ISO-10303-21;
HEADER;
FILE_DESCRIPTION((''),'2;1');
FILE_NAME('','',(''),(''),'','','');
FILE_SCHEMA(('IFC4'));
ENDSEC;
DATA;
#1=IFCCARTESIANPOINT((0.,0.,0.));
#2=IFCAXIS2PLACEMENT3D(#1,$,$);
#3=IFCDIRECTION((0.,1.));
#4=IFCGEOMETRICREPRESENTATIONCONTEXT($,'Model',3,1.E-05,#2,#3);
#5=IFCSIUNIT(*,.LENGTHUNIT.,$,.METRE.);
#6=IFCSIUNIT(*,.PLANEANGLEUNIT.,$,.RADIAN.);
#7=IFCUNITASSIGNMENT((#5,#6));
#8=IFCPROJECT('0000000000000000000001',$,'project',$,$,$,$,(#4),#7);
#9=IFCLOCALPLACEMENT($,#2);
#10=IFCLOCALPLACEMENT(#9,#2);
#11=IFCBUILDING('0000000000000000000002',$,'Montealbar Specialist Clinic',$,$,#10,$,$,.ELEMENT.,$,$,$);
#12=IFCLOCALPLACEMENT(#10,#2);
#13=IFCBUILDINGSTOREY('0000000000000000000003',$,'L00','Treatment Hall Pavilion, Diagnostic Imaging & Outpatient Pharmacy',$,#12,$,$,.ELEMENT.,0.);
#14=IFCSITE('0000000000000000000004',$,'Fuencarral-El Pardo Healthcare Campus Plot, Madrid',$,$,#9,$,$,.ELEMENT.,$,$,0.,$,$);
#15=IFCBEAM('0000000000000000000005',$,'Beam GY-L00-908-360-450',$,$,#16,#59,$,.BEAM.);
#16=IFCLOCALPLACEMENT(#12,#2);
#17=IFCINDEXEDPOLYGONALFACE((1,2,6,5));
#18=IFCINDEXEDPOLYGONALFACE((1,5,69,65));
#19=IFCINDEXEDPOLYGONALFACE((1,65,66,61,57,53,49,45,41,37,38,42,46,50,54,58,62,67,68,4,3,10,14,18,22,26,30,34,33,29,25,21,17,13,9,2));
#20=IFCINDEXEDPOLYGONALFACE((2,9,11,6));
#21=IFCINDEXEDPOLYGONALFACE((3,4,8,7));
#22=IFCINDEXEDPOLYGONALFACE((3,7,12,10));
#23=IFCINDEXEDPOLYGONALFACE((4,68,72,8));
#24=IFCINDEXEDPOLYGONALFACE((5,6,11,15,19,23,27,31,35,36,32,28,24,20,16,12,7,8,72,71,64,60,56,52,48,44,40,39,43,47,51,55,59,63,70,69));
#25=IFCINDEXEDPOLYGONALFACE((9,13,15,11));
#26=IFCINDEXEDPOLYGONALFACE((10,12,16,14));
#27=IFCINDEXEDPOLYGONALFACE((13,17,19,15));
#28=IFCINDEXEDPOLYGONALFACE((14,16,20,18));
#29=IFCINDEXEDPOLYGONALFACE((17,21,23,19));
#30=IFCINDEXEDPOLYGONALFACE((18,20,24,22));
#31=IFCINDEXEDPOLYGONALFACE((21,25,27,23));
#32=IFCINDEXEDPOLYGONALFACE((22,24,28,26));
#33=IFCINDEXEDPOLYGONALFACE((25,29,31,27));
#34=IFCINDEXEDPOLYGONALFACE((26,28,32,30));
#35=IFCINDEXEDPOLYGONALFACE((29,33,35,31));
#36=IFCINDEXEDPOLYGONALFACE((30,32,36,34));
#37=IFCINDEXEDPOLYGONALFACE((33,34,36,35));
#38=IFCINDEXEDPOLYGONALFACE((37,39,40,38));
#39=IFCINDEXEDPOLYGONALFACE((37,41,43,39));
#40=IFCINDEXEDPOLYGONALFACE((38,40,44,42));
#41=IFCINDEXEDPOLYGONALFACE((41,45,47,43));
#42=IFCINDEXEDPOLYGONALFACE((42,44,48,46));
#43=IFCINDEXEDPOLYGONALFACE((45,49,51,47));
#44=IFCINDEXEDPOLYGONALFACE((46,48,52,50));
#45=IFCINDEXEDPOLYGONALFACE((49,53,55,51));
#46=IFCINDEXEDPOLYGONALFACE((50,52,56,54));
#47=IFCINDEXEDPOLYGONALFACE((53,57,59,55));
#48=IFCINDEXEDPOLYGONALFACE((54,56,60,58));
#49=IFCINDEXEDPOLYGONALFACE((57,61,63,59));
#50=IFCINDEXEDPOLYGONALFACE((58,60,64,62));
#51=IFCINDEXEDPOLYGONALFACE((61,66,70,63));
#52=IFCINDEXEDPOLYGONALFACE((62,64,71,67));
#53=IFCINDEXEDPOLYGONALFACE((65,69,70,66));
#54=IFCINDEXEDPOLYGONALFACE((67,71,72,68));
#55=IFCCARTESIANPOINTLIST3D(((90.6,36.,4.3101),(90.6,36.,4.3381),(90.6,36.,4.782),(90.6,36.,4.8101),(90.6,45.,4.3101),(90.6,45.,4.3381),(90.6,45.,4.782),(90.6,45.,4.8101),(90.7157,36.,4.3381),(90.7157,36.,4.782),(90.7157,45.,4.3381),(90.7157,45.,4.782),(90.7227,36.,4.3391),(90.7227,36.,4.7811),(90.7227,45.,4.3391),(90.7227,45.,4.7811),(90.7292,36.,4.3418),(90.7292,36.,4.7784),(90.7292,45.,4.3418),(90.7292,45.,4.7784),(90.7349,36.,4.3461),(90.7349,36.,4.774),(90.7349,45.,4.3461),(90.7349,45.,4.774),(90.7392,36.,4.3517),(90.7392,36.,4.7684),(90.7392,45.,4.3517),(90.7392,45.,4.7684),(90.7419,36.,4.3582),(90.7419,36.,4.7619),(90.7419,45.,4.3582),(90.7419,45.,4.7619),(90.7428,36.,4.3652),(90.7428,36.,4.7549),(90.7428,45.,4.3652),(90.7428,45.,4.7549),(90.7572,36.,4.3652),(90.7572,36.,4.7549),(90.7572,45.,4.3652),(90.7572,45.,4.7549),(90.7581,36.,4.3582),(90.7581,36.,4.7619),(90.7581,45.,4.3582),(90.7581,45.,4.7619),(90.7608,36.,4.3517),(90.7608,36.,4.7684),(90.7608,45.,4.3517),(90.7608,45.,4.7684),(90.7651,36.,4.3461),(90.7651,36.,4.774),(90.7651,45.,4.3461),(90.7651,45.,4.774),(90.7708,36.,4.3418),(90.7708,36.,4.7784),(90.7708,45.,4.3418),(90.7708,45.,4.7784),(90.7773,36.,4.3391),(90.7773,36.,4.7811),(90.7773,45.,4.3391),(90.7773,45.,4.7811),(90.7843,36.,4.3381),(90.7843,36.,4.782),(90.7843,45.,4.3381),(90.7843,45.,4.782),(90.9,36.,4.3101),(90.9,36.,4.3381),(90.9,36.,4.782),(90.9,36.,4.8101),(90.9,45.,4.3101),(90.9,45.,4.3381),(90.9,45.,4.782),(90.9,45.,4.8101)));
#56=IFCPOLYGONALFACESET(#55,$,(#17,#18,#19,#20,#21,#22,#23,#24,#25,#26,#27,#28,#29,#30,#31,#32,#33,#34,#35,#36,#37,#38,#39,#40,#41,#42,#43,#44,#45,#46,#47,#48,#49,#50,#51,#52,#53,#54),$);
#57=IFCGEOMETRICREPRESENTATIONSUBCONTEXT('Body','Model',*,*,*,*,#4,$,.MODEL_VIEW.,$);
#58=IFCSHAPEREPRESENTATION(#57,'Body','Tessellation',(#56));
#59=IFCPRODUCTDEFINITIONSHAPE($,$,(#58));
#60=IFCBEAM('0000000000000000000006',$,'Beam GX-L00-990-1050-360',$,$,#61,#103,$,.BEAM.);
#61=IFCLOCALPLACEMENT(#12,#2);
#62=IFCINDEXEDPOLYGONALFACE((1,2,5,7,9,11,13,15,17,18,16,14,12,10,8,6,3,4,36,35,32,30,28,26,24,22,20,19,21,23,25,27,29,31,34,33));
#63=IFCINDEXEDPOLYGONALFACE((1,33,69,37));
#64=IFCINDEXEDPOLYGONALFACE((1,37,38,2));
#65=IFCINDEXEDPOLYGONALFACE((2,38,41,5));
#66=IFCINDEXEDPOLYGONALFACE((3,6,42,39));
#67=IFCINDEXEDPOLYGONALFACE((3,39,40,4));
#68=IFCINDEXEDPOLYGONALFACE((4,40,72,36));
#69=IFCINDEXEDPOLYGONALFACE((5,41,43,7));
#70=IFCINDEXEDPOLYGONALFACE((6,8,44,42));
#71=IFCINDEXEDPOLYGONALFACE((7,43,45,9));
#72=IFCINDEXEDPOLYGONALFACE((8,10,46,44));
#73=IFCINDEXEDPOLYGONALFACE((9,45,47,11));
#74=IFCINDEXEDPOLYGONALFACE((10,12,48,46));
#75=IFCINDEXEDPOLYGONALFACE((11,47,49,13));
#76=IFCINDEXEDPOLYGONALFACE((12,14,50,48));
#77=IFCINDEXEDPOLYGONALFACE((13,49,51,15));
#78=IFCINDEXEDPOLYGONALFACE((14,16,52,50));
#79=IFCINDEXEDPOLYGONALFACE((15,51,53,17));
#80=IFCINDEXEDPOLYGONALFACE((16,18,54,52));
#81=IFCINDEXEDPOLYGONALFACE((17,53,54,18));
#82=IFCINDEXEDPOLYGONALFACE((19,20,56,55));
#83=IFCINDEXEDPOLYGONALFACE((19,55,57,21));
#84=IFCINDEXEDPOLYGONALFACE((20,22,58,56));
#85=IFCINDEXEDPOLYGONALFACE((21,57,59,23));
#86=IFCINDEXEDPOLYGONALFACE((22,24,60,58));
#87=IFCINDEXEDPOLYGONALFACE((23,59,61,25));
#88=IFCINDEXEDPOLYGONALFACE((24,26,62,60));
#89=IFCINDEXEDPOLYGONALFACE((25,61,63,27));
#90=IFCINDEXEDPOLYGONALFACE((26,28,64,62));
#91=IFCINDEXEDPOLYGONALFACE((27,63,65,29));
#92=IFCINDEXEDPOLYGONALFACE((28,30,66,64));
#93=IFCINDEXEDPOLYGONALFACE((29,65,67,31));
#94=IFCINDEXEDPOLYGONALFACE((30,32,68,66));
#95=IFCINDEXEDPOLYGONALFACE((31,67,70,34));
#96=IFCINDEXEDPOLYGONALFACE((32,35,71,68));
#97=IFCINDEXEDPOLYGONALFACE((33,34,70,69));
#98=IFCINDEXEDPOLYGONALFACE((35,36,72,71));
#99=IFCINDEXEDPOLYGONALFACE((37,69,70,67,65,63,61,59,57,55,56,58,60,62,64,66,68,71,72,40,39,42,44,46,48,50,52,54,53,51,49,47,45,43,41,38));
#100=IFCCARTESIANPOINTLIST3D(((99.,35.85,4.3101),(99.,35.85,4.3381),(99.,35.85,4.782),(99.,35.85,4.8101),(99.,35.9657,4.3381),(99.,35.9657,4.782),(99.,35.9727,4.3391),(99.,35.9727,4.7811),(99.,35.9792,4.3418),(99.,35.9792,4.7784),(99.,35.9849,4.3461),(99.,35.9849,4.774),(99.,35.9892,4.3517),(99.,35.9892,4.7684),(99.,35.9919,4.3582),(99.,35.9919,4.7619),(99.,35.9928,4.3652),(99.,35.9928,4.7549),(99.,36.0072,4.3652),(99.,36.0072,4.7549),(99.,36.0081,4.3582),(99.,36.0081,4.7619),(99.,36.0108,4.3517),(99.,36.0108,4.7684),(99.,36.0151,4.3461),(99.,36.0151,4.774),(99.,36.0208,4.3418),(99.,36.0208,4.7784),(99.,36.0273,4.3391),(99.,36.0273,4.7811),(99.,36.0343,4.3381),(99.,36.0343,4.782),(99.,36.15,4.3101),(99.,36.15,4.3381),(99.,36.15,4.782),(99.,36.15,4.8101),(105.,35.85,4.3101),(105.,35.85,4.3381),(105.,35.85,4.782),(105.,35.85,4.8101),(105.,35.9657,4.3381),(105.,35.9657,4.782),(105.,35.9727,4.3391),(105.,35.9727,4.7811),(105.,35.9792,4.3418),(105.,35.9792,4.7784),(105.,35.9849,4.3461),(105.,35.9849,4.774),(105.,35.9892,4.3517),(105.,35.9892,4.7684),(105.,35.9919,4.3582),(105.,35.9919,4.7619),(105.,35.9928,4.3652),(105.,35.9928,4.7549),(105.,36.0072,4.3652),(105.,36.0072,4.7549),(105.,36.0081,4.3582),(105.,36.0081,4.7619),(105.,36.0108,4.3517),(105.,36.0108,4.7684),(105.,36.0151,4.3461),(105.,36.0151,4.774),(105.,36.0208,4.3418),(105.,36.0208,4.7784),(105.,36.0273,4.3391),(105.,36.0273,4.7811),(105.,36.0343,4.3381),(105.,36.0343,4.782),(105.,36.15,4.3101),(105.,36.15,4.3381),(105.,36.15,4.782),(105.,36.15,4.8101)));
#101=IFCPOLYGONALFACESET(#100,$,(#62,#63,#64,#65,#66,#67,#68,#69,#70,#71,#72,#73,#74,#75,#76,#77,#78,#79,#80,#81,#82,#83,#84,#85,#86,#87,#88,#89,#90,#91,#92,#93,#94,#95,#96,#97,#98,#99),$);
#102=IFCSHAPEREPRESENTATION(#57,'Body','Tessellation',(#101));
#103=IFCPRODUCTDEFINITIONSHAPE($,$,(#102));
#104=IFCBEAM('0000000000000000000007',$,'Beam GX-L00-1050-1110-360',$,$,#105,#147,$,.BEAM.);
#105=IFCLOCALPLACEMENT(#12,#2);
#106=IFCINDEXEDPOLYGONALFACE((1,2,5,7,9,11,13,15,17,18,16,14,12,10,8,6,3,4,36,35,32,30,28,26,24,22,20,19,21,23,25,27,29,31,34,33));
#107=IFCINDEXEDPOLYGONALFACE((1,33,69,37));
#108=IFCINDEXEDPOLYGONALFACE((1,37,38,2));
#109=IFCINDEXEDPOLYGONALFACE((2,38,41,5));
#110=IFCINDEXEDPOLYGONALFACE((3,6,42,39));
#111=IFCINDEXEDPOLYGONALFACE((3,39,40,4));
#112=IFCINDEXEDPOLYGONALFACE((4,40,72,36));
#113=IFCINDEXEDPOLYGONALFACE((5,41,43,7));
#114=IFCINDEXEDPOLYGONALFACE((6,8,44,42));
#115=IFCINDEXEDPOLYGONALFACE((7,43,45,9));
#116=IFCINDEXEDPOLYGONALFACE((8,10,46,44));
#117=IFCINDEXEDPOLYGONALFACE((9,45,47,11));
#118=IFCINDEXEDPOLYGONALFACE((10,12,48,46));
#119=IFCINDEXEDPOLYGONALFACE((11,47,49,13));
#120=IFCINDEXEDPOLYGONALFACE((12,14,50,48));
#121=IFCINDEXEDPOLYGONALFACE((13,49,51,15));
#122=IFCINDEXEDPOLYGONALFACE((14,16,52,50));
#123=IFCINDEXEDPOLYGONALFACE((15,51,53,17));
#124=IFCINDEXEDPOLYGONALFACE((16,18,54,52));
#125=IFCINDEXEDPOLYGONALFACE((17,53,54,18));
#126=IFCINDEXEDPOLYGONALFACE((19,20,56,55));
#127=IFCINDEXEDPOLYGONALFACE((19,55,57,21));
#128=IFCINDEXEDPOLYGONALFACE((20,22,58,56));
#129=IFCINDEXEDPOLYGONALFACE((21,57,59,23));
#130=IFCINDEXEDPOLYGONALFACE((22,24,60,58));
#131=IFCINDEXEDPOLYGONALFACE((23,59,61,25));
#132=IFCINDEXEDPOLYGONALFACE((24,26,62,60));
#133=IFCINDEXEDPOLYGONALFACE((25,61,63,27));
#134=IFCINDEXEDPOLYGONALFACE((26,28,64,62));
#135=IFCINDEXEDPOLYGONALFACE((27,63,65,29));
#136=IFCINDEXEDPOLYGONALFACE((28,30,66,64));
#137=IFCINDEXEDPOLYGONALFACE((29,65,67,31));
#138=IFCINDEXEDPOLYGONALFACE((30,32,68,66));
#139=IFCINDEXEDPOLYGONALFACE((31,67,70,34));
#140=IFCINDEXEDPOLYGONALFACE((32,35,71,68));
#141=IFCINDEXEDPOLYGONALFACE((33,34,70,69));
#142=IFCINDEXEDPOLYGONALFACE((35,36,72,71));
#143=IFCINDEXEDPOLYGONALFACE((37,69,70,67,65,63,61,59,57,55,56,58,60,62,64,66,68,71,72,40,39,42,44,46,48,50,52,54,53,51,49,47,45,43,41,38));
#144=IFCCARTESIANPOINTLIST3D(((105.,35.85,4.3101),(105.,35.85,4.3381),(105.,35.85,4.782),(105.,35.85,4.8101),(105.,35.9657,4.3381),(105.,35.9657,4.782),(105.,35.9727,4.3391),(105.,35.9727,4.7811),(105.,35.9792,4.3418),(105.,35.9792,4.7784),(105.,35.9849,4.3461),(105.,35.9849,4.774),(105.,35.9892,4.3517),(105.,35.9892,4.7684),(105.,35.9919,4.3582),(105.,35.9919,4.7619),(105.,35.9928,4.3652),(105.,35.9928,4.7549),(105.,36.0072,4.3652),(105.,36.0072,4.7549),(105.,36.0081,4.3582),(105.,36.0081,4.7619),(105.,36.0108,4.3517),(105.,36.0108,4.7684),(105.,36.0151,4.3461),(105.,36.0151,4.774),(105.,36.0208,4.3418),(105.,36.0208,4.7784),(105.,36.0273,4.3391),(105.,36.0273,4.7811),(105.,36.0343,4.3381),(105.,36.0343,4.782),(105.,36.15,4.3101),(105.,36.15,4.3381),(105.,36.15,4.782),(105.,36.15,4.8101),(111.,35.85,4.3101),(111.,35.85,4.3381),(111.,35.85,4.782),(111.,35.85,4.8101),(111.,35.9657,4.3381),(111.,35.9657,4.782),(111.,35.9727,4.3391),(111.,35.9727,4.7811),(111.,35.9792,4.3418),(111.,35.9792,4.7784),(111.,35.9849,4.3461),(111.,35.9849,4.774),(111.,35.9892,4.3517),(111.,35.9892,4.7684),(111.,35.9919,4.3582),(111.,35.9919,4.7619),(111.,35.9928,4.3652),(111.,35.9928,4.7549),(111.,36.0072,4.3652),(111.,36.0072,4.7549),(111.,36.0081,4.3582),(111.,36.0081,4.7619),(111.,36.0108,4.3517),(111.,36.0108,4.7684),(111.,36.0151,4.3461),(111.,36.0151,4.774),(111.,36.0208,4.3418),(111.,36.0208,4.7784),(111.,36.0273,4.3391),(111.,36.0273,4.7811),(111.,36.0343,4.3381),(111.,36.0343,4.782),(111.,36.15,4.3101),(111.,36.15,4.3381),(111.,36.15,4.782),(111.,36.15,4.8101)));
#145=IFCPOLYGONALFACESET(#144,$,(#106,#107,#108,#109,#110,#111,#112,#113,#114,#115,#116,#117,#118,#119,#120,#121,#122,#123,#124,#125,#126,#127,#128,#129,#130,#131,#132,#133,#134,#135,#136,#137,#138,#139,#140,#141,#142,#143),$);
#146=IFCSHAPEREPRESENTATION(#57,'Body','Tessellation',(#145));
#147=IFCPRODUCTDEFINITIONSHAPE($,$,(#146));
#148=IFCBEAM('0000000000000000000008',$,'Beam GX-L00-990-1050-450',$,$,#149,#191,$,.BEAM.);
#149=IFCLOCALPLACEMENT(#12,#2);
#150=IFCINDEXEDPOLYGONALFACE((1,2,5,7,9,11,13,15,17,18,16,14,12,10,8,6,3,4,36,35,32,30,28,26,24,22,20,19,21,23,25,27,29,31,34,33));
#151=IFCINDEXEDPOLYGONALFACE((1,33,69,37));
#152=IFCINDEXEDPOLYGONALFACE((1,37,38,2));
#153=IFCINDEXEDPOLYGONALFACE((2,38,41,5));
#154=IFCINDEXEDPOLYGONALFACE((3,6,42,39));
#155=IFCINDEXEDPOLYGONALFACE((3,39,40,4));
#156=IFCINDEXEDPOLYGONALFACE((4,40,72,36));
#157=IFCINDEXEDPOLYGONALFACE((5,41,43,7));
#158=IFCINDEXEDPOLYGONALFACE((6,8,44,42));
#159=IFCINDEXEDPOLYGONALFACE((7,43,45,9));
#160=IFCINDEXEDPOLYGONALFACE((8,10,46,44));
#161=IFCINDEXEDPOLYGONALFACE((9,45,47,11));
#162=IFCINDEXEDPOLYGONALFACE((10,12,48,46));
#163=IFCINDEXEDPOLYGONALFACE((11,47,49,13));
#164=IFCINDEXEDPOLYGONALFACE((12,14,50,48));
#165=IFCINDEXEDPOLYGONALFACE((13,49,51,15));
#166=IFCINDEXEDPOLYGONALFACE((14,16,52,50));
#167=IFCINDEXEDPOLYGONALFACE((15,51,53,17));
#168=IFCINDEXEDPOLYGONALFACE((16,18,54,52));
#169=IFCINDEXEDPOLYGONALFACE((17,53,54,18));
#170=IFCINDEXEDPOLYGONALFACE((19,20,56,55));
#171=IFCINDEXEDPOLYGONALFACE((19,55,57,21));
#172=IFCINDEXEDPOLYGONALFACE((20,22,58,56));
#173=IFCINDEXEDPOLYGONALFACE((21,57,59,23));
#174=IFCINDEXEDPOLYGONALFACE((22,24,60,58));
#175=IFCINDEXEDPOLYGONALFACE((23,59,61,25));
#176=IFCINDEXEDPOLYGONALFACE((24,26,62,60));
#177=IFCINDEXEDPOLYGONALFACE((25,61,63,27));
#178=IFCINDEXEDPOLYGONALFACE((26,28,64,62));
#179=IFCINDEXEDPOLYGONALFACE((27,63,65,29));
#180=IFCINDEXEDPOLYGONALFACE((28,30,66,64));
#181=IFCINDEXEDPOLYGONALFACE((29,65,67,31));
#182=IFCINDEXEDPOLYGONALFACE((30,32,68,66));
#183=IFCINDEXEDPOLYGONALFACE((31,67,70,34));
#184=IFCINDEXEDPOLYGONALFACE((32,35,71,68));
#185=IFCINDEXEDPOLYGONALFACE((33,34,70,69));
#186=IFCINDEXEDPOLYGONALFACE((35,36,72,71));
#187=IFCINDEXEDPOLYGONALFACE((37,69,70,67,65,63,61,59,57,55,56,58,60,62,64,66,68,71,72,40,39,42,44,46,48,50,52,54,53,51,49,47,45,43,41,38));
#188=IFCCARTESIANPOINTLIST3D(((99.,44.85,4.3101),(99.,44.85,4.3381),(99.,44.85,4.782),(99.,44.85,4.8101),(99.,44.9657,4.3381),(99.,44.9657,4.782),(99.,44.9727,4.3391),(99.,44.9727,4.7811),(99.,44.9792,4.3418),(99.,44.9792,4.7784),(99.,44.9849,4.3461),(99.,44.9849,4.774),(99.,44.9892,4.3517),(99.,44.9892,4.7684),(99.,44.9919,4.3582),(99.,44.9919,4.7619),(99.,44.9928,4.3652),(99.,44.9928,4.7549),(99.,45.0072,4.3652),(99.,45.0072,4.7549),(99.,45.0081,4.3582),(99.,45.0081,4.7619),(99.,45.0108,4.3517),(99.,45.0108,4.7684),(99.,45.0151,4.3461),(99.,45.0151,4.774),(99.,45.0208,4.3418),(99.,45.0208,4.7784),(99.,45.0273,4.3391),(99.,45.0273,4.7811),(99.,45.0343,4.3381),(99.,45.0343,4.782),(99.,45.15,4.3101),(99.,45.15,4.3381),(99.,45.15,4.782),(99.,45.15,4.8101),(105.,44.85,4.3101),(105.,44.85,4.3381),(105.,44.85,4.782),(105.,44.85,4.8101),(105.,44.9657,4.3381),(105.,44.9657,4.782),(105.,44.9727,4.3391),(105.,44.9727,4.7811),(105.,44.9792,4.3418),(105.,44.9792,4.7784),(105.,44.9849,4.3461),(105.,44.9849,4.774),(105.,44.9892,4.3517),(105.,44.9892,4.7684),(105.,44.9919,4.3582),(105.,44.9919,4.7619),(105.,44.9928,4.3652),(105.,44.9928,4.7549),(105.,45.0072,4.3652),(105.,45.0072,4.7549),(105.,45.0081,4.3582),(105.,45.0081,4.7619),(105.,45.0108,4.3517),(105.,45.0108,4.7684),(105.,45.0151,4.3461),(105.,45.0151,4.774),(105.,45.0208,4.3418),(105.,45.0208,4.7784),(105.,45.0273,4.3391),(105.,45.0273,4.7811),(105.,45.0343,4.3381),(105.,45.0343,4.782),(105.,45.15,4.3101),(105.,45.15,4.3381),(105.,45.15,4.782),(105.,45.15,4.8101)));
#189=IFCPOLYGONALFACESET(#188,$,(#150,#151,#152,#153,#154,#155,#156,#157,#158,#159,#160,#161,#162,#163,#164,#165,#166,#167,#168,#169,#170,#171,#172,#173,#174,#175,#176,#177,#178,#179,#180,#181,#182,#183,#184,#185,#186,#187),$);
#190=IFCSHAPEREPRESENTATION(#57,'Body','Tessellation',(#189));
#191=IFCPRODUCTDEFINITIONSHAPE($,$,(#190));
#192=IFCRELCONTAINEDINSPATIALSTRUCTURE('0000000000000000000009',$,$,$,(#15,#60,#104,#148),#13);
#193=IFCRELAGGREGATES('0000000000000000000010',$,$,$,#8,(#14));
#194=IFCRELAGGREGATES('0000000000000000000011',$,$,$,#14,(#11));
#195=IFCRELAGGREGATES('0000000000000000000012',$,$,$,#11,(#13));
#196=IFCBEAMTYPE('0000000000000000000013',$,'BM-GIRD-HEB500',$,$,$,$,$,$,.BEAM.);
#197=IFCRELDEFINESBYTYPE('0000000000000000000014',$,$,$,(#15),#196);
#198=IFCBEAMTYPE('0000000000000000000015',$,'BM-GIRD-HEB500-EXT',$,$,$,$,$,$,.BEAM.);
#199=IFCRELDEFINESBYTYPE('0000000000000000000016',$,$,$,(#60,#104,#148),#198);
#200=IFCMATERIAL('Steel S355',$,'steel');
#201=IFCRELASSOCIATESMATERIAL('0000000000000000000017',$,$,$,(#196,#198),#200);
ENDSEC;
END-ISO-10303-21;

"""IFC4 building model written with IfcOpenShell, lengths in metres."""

from ifc_helpers import new_model, si_unit, direction, frame, origin, origin_2d, place, context, subcontext, project, spatial, i_section, extrude, material, material_profile, profile_set, type_object, element, save


model = new_model("IFC4")

# Units and contexts
model_context = context("Model", 3, precision=1e-05, world=origin(), true_north=direction((0.0, 1.0)))
body_context = subcontext(model_context, "Body", "Model", "MODEL_VIEW")
ifc_project = project(units=[si_unit("LENGTHUNIT", "METRE"), si_unit("PLANEANGLEUNIT", "RADIAN")], contexts=[model_context])

# Site, building, storey
site_placement = place(None, origin())
site = spatial("IfcSite", under=ifc_project, at=site_placement, Name="Fuencarral-El Pardo Healthcare Campus Plot, Madrid", CompositionType="ELEMENT", RefElevation=0.0)
building_placement = place(site_placement, origin())
building = spatial("IfcBuilding", under=site, at=building_placement, Name="Montealbar Specialist Clinic", CompositionType="ELEMENT")
storey_placement = place(building_placement, origin())
storey = spatial("IfcBuildingStorey", under=building, at=storey_placement, Name="L00", Description="Treatment Hall Pavilion, Diagnostic Imaging & Outpatient Pharmacy", CompositionType="ELEMENT", Elevation=0.0)

# Shared definitions
ifc_material_1 = material(Name="Steel S355", Category="steel")

# Beams
ifc_material_profile_1 = material_profile(ifc_material_1, i_section(OverallWidth=0.3, OverallDepth=0.5, WebThickness=0.0144, FlangeThickness=0.0281, FilletRadius=0.0271, at=origin_2d()), Name="HEB 500", Category="steel")
ifc_profile_set_1 = profile_set([ifc_material_profile_1], Name="Steel S355")
beam_type_1 = type_object("IfcBeamType", Name="BM-GIRD-HEB500", PredefinedType="BEAM", material=ifc_profile_set_1)
beam_1_placement = place(storey_placement, frame((90.75, 36.0, 4.5601), z_axis=(0.0, 1.0, 0.0), x_axis=(-1.0, 0.0, 0.0)))
element("IfcBeam", 1, at=beam_1_placement, inside=storey, type_object=beam_type_1, Name="Beam GY-L00-908-360-450", PredefinedType="BEAM", context=body_context, shape_type="SweptSolid", body=[
    extrude(i_section(OverallWidth=0.3, OverallDepth=0.5, WebThickness=0.0144, FlangeThickness=0.0281, FilletRadius=0.0271, at=origin_2d()), origin(), (0.0, 0.0, 1.0), 9.0),
])
ifc_material_profile_2 = material_profile(ifc_material_1, i_section(OverallWidth=0.3, OverallDepth=0.5, WebThickness=0.0144, FlangeThickness=0.0281, FilletRadius=0.0271, at=origin_2d()), Name="HEB 500", Category="steel")
ifc_profile_set_2 = profile_set([ifc_material_profile_2], Name="Steel S355")
beam_type_2 = type_object("IfcBeamType", Name="BM-GIRD-HEB500-EXT", PredefinedType="BEAM", material=ifc_profile_set_2)
for number, where, z_axis, x_axis, name in (
    (2, (99.0, 36.0, 4.5601), (1.0, 0.0, 0.0), (0.0, 1.0, 0.0), "Beam GX-L00-990-1050-360"),
    (3, (105.0, 36.0, 4.5601), (1.0, 0.0, 0.0), (0.0, 1.0, 0.0), "Beam GX-L00-1050-1110-360"),
    (4, (99.0, 45.0, 4.5601), (1.0, 0.0, 0.0), (0.0, 1.0, 0.0), "Beam GX-L00-990-1050-450"),
):
    element("IfcBeam", number, at=place(storey_placement, frame(where, z_axis=z_axis, x_axis=x_axis)), inside=storey, type_object=beam_type_2, Name=name, PredefinedType="BEAM", context=body_context, shape_type="SweptSolid", body=[
        extrude(i_section(OverallWidth=0.3, OverallDepth=0.5, WebThickness=0.0144, FlangeThickness=0.0281, FilletRadius=0.0271, at=origin_2d()), origin(), (0.0, 0.0, 1.0), 6.0),
    ])

save(model, "model.ifc")
